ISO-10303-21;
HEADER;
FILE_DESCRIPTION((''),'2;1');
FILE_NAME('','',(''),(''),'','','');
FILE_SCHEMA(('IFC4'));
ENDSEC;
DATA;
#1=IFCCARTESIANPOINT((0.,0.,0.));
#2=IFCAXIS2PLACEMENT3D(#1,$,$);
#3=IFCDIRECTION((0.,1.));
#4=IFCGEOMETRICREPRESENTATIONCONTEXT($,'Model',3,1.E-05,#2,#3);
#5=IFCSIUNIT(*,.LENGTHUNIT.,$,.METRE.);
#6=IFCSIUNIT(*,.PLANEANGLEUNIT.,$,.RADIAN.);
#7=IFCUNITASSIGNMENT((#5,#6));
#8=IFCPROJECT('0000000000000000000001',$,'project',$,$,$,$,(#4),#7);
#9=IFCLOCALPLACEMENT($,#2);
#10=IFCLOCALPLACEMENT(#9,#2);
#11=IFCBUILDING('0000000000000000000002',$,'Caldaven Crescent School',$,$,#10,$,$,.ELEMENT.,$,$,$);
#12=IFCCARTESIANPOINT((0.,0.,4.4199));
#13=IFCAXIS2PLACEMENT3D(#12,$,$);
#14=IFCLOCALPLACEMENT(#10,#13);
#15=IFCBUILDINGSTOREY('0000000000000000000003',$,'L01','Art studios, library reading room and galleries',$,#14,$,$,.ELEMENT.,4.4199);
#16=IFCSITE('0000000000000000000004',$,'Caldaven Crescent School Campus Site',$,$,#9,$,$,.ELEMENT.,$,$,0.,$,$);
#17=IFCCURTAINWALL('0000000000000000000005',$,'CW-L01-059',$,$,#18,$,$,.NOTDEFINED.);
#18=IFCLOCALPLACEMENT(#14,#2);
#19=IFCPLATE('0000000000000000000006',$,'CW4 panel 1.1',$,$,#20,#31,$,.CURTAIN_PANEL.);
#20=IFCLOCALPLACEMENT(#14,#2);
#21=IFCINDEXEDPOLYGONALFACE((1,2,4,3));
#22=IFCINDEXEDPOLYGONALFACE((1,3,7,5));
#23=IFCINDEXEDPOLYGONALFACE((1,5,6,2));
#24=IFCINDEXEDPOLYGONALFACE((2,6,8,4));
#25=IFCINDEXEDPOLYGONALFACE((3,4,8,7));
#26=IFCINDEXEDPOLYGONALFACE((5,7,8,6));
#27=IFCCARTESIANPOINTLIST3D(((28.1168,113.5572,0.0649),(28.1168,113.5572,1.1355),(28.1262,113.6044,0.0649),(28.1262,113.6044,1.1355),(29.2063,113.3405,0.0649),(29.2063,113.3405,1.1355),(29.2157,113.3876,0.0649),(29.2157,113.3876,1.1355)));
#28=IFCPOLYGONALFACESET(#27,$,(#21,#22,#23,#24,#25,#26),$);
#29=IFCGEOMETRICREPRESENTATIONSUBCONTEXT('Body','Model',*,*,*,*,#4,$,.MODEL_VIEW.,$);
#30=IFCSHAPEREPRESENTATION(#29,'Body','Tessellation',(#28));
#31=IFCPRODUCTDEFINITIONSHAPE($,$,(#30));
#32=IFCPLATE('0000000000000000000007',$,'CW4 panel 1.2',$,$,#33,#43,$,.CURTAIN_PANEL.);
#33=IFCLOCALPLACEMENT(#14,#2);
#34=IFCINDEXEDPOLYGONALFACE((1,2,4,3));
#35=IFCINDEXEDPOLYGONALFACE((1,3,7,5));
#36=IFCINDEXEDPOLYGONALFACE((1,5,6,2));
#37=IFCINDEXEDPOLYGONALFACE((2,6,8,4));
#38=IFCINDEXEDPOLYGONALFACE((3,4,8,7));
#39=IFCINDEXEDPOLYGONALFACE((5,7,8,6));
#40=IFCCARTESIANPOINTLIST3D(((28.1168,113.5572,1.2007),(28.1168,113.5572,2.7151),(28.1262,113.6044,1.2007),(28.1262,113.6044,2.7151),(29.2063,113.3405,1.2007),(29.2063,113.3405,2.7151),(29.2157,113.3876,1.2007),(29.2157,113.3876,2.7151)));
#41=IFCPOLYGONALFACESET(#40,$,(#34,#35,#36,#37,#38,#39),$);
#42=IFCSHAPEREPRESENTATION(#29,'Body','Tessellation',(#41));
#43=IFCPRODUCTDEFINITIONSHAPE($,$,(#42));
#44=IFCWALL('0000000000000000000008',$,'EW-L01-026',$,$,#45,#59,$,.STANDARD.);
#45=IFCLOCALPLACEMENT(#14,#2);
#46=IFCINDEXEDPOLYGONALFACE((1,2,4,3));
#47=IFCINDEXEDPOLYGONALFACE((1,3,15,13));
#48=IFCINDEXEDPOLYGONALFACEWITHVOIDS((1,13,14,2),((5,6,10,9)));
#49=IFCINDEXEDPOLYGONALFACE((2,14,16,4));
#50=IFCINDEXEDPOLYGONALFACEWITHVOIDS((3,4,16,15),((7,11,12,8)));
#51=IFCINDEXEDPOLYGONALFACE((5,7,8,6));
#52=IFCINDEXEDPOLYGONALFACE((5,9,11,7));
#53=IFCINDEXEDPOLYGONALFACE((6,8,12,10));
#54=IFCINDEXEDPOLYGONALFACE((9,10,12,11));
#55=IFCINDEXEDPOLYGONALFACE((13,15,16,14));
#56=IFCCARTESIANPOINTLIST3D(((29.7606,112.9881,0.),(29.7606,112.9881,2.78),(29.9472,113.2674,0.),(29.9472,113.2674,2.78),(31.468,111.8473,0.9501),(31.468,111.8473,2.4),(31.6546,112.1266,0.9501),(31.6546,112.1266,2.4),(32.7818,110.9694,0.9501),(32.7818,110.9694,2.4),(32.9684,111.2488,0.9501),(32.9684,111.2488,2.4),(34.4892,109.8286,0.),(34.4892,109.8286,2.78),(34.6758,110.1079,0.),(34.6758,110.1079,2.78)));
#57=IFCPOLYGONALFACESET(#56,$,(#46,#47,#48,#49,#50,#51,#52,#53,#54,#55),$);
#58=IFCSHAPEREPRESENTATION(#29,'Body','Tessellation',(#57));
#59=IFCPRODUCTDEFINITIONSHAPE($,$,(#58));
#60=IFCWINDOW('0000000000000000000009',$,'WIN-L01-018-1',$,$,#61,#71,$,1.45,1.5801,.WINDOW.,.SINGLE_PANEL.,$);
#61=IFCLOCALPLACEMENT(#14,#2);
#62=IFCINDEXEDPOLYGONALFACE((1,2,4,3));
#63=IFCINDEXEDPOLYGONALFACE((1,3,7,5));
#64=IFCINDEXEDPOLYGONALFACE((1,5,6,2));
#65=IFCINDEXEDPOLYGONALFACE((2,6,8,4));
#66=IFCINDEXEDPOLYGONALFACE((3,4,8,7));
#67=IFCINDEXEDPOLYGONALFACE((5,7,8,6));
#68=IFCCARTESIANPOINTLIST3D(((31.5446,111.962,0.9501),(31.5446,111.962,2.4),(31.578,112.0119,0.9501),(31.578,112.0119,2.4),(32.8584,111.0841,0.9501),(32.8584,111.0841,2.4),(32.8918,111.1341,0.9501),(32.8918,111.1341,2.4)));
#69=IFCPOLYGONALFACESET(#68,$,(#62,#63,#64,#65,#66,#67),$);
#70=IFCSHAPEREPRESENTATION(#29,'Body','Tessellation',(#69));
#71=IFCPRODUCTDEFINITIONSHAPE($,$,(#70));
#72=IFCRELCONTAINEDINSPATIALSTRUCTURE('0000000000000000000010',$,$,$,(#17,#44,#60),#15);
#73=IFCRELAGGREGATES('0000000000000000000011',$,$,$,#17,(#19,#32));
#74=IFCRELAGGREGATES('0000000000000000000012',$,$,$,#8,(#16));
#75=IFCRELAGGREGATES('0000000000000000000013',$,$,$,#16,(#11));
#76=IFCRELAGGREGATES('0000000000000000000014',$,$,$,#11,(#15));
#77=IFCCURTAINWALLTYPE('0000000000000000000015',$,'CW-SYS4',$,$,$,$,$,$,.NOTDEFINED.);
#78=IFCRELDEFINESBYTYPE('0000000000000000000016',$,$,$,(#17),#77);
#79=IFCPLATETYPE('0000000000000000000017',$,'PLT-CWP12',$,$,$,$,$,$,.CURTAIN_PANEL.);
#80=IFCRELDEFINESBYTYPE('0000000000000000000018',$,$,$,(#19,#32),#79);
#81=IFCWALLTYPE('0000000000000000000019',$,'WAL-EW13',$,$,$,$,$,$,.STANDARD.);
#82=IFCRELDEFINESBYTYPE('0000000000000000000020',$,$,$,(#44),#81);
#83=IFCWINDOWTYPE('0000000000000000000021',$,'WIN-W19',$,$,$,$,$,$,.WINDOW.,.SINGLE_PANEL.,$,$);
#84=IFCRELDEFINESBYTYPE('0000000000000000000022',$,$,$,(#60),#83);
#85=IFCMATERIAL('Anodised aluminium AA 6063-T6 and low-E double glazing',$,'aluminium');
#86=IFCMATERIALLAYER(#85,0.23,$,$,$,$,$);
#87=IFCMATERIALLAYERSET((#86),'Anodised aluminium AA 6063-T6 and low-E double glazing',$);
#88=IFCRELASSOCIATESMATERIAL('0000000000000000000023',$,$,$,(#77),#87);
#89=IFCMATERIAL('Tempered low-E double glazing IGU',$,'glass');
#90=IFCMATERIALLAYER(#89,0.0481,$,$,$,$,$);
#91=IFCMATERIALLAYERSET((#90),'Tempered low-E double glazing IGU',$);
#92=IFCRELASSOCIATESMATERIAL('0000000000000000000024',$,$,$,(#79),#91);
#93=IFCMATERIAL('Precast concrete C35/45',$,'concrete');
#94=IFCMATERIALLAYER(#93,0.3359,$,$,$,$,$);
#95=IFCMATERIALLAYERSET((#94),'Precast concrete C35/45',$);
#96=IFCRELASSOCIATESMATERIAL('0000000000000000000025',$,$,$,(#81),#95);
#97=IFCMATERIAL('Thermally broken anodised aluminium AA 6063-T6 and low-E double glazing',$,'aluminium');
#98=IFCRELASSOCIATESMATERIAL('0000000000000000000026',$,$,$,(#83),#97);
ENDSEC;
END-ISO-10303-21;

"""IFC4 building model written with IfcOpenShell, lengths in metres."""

from ifc_helpers import new_model, si_unit, direction, frame, frame_2d, origin, origin_2d, place, context, subcontext, project, spatial, rectangle, extrude, material, layer, layer_set, type_object, element, fill, aggregate, save


model = new_model("IFC4")

# Units and contexts
model_context = context("Model", 3, precision=1e-05, world=origin(), true_north=direction((0.0, 1.0)))
body_context = subcontext(model_context, "Body", "Model", "MODEL_VIEW")
ifc_project = project(units=[si_unit("LENGTHUNIT", "METRE"), si_unit("PLANEANGLEUNIT", "RADIAN")], contexts=[model_context])

# Site, building, storey
site_placement = place(None, origin())
site = spatial("IfcSite", under=ifc_project, at=site_placement, Name="Caldaven Crescent School Campus Site", CompositionType="ELEMENT", RefElevation=0.0)
building_placement = place(site_placement, origin())
building = spatial("IfcBuilding", under=site, at=building_placement, Name="Caldaven Crescent School", CompositionType="ELEMENT")
storey_placement = place(building_placement, frame((0.0, 0.0, 4.4199)))
storey = spatial("IfcBuildingStorey", under=building, at=storey_placement, Name="L01", Description="Art studios, library reading room and galleries", CompositionType="ELEMENT", Elevation=4.4199)

# Curtain wall
ifc_material_1 = material(Name="Anodised aluminium AA 6063-T6 and low-E double glazing", Category="aluminium")
ifc_layer_1 = layer(ifc_material_1, 0.23)
ifc_layer_set_1 = layer_set([ifc_layer_1], Name="Anodised aluminium AA 6063-T6 and low-E double glazing")
curtain_wall_type_1 = type_object("IfcCurtainWallType", Name="CW-SYS4", PredefinedType="NOTDEFINED", material=ifc_layer_set_1)
curtain_wall_1_placement = place(storey_placement, origin())
curtain_wall_1 = element("IfcCurtainWall", 1, at=curtain_wall_1_placement, inside=storey, type_object=curtain_wall_type_1, Name="CW-L01-059", PredefinedType="NOTDEFINED")

# Plates
ifc_material_2 = material(Name="Tempered low-E double glazing IGU", Category="glass")
ifc_layer_2 = layer(ifc_material_2, 0.0481)
ifc_layer_set_2 = layer_set([ifc_layer_2], Name="Tempered low-E double glazing IGU")
plate_type_1 = type_object("IfcPlateType", Name="PLT-CWP12", PredefinedType="CURTAIN_PANEL", material=ifc_layer_set_2)
plate_1_placement = place(storey_placement, frame((28.6663, 113.4724, 0.0649), z_axis=(0.0, 0.0, 1.0), x_axis=(-0.980786, 0.195087, 0.0)))
plate_1 = element("IfcPlate", 2, at=plate_1_placement, type_object=plate_type_1, Name="CW4 panel 1.1", PredefinedType="CURTAIN_PANEL", context=body_context, shape_type="SweptSolid", body=[
    extrude(rectangle(XDim=1.1108, YDim=0.0481, at=origin_2d()), origin(), (0.0, 0.0, 1.0), 1.0706),
])
plate_2_placement = place(storey_placement, frame((28.6663, 113.4724, 1.2007), z_axis=(0.0, 0.0, 1.0), x_axis=(-0.980786, 0.195087, 0.0)))
plate_2 = element("IfcPlate", 3, at=plate_2_placement, type_object=plate_type_1, Name="CW4 panel 1.2", PredefinedType="CURTAIN_PANEL", context=body_context, shape_type="SweptSolid", body=[
    extrude(rectangle(XDim=1.1108, YDim=0.0481, at=origin_2d()), origin(), (0.0, 0.0, 1.0), 1.5144),
])
aggregate(curtain_wall_1, [plate_1, plate_2])

# Wall, opening, window
ifc_material_3 = material(Name="Precast concrete C35/45", Category="concrete")
ifc_layer_3 = layer(ifc_material_3, 0.3359)
ifc_layer_set_3 = layer_set([ifc_layer_3], Name="Precast concrete C35/45")
wall_type = type_object("IfcWallType", Name="WAL-EW13", PredefinedType="STANDARD", material=ifc_layer_set_3)
wall_placement = place(storey_placement, frame((34.5825, 109.9683, 0.0), z_axis=(0.0, 0.0, 1.0), x_axis=(-0.831475, 0.555562, 0.0)))
wall = element("IfcWall", 4, at=wall_placement, inside=storey, type_object=wall_type, Name="EW-L01-026", PredefinedType="STANDARD", context=body_context, shape_type="SweptSolid", body=[
    extrude(rectangle(XDim=5.687, YDim=0.3359, at=frame_2d((2.8435, 0.0))), origin(), (0.0, 0.0, 1.0), 2.78),
])
opening_placement = place(wall_placement, frame((2.0535, 0.0, 0.95)))
opening = element("IfcOpeningElement", 5, at=opening_placement, cuts=wall, PredefinedType="OPENING", context=body_context, shape_type="SweptSolid", body=[
    extrude(rectangle(XDim=1.5801, YDim=1.45, at=frame_2d((0.79, 0.7251))), frame((0.0, 0.178, 0.0), z_axis=(0.0, -1.0, 0.0), x_axis=(1.0, 0.0, 0.0)), (0.0, 0.0, 1.0), 0.356),
])
ifc_material_4 = material(Name="Thermally broken anodised aluminium AA 6063-T6 and low-E double glazing", Category="aluminium")
window_type = type_object("IfcWindowType", Name="WIN-W19", PartitioningType="SINGLE_PANEL", PredefinedType="WINDOW", material=ifc_material_4)
window_placement = place(opening_placement, origin())
window = element("IfcWindow", 6, at=window_placement, inside=storey, type_object=window_type, Name="WIN-L01-018-1", OverallHeight=1.45, OverallWidth=1.5801, PartitioningType="SINGLE_PANEL", PredefinedType="WINDOW", context=body_context, shape_type="SweptSolid", body=[
    extrude(rectangle(XDim=1.5801, YDim=1.45, at=frame_2d((0.79, 0.7251))), frame((0.0, 0.03, 0.0), z_axis=(0.0, -1.0, 0.0), x_axis=(1.0, 0.0, 0.0)), (0.0, 0.0, 1.0), 0.0601),
])
fill(opening, window)

save(model, "model.ifc")
